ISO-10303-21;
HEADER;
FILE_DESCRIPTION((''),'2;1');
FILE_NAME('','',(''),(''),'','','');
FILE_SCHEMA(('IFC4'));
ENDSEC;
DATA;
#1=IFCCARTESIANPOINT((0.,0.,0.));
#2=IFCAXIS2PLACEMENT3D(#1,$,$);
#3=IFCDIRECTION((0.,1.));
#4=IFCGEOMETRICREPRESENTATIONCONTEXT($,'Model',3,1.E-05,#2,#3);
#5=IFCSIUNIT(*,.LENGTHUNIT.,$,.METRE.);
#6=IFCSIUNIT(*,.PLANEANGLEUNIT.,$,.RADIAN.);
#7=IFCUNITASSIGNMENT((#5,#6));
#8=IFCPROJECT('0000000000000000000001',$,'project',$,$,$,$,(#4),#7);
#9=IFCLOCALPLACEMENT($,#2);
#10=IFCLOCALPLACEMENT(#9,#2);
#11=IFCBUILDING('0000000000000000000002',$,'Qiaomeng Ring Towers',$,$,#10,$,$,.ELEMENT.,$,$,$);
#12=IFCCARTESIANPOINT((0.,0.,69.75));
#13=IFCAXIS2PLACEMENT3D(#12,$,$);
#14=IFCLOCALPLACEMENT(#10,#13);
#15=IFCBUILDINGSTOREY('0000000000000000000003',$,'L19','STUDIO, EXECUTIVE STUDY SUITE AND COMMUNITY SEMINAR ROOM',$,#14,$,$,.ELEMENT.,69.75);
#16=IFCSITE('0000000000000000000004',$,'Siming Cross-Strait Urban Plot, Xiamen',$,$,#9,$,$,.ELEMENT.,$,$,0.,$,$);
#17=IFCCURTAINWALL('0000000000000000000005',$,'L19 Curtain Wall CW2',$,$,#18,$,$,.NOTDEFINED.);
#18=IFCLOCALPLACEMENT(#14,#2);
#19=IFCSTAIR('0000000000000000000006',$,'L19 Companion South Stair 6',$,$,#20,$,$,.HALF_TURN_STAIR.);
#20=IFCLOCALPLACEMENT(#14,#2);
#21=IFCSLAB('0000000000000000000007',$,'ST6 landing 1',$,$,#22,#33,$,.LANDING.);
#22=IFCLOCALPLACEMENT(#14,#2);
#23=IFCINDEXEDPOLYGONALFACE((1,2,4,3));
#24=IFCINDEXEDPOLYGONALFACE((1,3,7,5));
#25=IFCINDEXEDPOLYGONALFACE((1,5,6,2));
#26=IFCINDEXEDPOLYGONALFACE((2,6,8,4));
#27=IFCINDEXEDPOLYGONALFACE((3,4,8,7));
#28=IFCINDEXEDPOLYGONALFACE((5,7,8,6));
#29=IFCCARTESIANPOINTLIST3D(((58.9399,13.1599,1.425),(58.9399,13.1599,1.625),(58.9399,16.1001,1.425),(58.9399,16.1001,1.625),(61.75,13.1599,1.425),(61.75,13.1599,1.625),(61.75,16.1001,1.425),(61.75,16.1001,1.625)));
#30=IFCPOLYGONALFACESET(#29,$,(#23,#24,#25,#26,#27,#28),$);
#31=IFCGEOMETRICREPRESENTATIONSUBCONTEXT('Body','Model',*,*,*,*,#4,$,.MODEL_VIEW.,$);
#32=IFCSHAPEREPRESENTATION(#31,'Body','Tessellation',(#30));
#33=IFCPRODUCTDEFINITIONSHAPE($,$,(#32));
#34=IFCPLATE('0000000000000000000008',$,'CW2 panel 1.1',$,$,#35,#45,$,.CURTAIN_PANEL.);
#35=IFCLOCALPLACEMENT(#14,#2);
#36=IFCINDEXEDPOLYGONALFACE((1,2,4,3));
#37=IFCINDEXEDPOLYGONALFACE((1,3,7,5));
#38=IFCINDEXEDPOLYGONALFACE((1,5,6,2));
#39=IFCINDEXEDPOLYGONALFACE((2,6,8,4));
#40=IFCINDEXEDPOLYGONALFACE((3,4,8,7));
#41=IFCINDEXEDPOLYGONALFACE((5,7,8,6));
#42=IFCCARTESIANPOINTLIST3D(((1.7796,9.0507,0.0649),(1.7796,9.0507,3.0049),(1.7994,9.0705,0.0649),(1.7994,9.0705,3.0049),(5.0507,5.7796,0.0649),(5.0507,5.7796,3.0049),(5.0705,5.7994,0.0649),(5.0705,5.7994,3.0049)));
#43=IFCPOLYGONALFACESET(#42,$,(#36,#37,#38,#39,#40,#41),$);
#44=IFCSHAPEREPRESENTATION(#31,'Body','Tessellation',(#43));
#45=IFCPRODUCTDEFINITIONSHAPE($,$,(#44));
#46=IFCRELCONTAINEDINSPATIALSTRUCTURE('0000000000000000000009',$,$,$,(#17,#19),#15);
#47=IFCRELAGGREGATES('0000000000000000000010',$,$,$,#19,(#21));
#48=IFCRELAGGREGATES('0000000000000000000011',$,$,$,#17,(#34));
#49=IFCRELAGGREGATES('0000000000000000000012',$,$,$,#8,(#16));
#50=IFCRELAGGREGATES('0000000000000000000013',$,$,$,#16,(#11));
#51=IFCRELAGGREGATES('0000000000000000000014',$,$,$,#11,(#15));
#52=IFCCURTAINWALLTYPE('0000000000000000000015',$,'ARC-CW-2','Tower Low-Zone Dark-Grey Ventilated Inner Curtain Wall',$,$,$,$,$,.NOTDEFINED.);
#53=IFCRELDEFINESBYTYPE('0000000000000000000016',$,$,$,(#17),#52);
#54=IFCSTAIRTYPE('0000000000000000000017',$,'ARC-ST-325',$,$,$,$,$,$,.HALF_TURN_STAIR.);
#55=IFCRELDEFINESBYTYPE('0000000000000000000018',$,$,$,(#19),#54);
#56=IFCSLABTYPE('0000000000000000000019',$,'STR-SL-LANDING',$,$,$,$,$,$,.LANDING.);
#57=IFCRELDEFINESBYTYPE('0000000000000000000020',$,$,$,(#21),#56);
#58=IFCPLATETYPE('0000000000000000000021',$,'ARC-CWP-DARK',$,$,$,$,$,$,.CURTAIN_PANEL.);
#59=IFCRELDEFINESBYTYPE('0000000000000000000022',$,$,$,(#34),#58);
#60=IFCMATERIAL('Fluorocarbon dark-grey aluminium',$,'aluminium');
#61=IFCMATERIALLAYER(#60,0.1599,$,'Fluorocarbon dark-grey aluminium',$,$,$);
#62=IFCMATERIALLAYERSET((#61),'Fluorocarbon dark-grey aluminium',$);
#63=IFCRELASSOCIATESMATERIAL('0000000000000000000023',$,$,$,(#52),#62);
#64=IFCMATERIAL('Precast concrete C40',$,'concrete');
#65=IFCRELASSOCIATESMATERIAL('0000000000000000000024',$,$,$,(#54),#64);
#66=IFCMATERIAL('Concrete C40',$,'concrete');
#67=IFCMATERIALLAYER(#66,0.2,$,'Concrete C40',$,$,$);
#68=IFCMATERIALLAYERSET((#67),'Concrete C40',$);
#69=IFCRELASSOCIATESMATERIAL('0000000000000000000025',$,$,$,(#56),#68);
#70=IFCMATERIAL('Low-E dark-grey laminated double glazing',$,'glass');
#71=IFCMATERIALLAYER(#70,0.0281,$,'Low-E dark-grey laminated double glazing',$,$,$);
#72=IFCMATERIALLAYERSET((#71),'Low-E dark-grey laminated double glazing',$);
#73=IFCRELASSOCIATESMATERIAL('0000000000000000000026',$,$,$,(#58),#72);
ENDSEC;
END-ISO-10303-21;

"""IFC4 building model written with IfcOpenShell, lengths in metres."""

from ifc_helpers import new_model, si_unit, direction, frame, origin, origin_2d, place, context, subcontext, project, spatial, polyline, rectangle, outline, extrude, source, transform, mapped, material, layer, layer_set, type_object, element, aggregate, save


model = new_model("IFC4")

# Units and contexts
model_context = context("Model", 3, precision=1e-05, world=origin(), true_north=direction((0.0, 1.0)))
body_context = subcontext(model_context, "Body", "Model", "MODEL_VIEW")
ifc_project = project(units=[si_unit("LENGTHUNIT", "METRE"), si_unit("PLANEANGLEUNIT", "RADIAN")], contexts=[model_context])

# Site, building, storey
site_placement = place(None, origin())
site = spatial("IfcSite", under=ifc_project, at=site_placement, Name="Siming Cross-Strait Urban Plot, Xiamen", CompositionType="ELEMENT", RefElevation=0.0)
building_placement = place(site_placement, origin())
building = spatial("IfcBuilding", under=site, at=building_placement, Name="Qiaomeng Ring Towers", CompositionType="ELEMENT")
storey_placement = place(building_placement, frame((0.0, 0.0, 69.75)))
storey = spatial("IfcBuildingStorey", under=building, at=storey_placement, Name="L19", Description="STUDIO, EXECUTIVE STUDY SUITE AND COMMUNITY SEMINAR ROOM", CompositionType="ELEMENT", Elevation=69.75)

# Curtain wall
ifc_material_1 = material(Name="Fluorocarbon dark-grey aluminium", Category="aluminium")
ifc_layer_1 = layer(ifc_material_1, 0.1599, Name="Fluorocarbon dark-grey aluminium")
ifc_layer_set_1 = layer_set([ifc_layer_1], Name="Fluorocarbon dark-grey aluminium")
curtain_wall_type = type_object("IfcCurtainWallType", Name="ARC-CW-2", Description="Tower Low-Zone Dark-Grey Ventilated Inner Curtain Wall", PredefinedType="NOTDEFINED", material=ifc_layer_set_1)
curtain_wall_placement = place(storey_placement, origin())
curtain_wall = element("IfcCurtainWall", 1, at=curtain_wall_placement, inside=storey, type_object=curtain_wall_type, Name="L19 Curtain Wall CW2", PredefinedType="NOTDEFINED")

# Stair, slab
ifc_material_2 = material(Name="Precast concrete C40", Category="concrete")
stair_type = type_object("IfcStairType", Name="ARC-ST-325", PredefinedType="HALF_TURN_STAIR", material=ifc_material_2)
stair_placement = place(storey_placement, origin())
stair = element("IfcStair", 2, at=stair_placement, inside=storey, type_object=stair_type, Name="L19 Companion South Stair 6", PredefinedType="HALF_TURN_STAIR")
ifc_material_3 = material(Name="Concrete C40", Category="concrete")
ifc_layer_2 = layer(ifc_material_3, 0.2, Name="Concrete C40")
ifc_layer_set_2 = layer_set([ifc_layer_2], Name="Concrete C40")
slab_type = type_object("IfcSlabType", Name="STR-SL-LANDING", PredefinedType="LANDING", material=ifc_layer_set_2)
slab_placement = place(storey_placement, frame((0.0, 0.0, 1.425)))
slab = element("IfcSlab", 3, at=slab_placement, type_object=slab_type, Name="ST6 landing 1", PredefinedType="LANDING", context=body_context, shape_type="SweptSolid", body=[
    extrude(outline(polyline([(58.9399, 13.1599), (61.75, 13.1599), (61.75, 16.1001), (58.9399, 16.1001), (58.9399, 13.1599)])), origin(), (0.0, 0.0, 1.0), 0.2),
])
aggregate(stair, [slab])

# Plate
ifc_material_4 = material(Name="Low-E dark-grey laminated double glazing", Category="glass")
ifc_layer_3 = layer(ifc_material_4, 0.0281, Name="Low-E dark-grey laminated double glazing")
ifc_layer_set_3 = layer_set([ifc_layer_3], Name="Low-E dark-grey laminated double glazing")
plate_type = type_object("IfcPlateType", Name="ARC-CWP-DARK", PredefinedType="CURTAIN_PANEL", material=ifc_layer_set_3)
shared_shape_1 = source(origin(), body_context, "Body", "SweptSolid", [
    extrude(rectangle(XDim=4.626, YDim=0.0281, at=origin_2d()), origin(), (0.0, 0.0, 1.0), 2.9399),
])
plate_placement = place(storey_placement, frame((3.425, 7.425, 0.0649), z_axis=(0.0, 0.0, 1.0), x_axis=(0.707107, -0.707107, 0.0)))
plate = element("IfcPlate", 4, at=plate_placement, type_object=plate_type, Name="CW2 panel 1.1", PredefinedType="CURTAIN_PANEL", context=body_context, shape_type="MappedRepresentation", body=[
    mapped(shared_shape_1, transform((0.0, 0.0, 0.0), x_axis=(1.0, 0.0, 0.0), y_axis=(0.0, 1.0, 0.0), z_axis=(0.0, 0.0, 1.0), scale=1.0)),
])
aggregate(curtain_wall, [plate])

save(model, "model.ifc")
